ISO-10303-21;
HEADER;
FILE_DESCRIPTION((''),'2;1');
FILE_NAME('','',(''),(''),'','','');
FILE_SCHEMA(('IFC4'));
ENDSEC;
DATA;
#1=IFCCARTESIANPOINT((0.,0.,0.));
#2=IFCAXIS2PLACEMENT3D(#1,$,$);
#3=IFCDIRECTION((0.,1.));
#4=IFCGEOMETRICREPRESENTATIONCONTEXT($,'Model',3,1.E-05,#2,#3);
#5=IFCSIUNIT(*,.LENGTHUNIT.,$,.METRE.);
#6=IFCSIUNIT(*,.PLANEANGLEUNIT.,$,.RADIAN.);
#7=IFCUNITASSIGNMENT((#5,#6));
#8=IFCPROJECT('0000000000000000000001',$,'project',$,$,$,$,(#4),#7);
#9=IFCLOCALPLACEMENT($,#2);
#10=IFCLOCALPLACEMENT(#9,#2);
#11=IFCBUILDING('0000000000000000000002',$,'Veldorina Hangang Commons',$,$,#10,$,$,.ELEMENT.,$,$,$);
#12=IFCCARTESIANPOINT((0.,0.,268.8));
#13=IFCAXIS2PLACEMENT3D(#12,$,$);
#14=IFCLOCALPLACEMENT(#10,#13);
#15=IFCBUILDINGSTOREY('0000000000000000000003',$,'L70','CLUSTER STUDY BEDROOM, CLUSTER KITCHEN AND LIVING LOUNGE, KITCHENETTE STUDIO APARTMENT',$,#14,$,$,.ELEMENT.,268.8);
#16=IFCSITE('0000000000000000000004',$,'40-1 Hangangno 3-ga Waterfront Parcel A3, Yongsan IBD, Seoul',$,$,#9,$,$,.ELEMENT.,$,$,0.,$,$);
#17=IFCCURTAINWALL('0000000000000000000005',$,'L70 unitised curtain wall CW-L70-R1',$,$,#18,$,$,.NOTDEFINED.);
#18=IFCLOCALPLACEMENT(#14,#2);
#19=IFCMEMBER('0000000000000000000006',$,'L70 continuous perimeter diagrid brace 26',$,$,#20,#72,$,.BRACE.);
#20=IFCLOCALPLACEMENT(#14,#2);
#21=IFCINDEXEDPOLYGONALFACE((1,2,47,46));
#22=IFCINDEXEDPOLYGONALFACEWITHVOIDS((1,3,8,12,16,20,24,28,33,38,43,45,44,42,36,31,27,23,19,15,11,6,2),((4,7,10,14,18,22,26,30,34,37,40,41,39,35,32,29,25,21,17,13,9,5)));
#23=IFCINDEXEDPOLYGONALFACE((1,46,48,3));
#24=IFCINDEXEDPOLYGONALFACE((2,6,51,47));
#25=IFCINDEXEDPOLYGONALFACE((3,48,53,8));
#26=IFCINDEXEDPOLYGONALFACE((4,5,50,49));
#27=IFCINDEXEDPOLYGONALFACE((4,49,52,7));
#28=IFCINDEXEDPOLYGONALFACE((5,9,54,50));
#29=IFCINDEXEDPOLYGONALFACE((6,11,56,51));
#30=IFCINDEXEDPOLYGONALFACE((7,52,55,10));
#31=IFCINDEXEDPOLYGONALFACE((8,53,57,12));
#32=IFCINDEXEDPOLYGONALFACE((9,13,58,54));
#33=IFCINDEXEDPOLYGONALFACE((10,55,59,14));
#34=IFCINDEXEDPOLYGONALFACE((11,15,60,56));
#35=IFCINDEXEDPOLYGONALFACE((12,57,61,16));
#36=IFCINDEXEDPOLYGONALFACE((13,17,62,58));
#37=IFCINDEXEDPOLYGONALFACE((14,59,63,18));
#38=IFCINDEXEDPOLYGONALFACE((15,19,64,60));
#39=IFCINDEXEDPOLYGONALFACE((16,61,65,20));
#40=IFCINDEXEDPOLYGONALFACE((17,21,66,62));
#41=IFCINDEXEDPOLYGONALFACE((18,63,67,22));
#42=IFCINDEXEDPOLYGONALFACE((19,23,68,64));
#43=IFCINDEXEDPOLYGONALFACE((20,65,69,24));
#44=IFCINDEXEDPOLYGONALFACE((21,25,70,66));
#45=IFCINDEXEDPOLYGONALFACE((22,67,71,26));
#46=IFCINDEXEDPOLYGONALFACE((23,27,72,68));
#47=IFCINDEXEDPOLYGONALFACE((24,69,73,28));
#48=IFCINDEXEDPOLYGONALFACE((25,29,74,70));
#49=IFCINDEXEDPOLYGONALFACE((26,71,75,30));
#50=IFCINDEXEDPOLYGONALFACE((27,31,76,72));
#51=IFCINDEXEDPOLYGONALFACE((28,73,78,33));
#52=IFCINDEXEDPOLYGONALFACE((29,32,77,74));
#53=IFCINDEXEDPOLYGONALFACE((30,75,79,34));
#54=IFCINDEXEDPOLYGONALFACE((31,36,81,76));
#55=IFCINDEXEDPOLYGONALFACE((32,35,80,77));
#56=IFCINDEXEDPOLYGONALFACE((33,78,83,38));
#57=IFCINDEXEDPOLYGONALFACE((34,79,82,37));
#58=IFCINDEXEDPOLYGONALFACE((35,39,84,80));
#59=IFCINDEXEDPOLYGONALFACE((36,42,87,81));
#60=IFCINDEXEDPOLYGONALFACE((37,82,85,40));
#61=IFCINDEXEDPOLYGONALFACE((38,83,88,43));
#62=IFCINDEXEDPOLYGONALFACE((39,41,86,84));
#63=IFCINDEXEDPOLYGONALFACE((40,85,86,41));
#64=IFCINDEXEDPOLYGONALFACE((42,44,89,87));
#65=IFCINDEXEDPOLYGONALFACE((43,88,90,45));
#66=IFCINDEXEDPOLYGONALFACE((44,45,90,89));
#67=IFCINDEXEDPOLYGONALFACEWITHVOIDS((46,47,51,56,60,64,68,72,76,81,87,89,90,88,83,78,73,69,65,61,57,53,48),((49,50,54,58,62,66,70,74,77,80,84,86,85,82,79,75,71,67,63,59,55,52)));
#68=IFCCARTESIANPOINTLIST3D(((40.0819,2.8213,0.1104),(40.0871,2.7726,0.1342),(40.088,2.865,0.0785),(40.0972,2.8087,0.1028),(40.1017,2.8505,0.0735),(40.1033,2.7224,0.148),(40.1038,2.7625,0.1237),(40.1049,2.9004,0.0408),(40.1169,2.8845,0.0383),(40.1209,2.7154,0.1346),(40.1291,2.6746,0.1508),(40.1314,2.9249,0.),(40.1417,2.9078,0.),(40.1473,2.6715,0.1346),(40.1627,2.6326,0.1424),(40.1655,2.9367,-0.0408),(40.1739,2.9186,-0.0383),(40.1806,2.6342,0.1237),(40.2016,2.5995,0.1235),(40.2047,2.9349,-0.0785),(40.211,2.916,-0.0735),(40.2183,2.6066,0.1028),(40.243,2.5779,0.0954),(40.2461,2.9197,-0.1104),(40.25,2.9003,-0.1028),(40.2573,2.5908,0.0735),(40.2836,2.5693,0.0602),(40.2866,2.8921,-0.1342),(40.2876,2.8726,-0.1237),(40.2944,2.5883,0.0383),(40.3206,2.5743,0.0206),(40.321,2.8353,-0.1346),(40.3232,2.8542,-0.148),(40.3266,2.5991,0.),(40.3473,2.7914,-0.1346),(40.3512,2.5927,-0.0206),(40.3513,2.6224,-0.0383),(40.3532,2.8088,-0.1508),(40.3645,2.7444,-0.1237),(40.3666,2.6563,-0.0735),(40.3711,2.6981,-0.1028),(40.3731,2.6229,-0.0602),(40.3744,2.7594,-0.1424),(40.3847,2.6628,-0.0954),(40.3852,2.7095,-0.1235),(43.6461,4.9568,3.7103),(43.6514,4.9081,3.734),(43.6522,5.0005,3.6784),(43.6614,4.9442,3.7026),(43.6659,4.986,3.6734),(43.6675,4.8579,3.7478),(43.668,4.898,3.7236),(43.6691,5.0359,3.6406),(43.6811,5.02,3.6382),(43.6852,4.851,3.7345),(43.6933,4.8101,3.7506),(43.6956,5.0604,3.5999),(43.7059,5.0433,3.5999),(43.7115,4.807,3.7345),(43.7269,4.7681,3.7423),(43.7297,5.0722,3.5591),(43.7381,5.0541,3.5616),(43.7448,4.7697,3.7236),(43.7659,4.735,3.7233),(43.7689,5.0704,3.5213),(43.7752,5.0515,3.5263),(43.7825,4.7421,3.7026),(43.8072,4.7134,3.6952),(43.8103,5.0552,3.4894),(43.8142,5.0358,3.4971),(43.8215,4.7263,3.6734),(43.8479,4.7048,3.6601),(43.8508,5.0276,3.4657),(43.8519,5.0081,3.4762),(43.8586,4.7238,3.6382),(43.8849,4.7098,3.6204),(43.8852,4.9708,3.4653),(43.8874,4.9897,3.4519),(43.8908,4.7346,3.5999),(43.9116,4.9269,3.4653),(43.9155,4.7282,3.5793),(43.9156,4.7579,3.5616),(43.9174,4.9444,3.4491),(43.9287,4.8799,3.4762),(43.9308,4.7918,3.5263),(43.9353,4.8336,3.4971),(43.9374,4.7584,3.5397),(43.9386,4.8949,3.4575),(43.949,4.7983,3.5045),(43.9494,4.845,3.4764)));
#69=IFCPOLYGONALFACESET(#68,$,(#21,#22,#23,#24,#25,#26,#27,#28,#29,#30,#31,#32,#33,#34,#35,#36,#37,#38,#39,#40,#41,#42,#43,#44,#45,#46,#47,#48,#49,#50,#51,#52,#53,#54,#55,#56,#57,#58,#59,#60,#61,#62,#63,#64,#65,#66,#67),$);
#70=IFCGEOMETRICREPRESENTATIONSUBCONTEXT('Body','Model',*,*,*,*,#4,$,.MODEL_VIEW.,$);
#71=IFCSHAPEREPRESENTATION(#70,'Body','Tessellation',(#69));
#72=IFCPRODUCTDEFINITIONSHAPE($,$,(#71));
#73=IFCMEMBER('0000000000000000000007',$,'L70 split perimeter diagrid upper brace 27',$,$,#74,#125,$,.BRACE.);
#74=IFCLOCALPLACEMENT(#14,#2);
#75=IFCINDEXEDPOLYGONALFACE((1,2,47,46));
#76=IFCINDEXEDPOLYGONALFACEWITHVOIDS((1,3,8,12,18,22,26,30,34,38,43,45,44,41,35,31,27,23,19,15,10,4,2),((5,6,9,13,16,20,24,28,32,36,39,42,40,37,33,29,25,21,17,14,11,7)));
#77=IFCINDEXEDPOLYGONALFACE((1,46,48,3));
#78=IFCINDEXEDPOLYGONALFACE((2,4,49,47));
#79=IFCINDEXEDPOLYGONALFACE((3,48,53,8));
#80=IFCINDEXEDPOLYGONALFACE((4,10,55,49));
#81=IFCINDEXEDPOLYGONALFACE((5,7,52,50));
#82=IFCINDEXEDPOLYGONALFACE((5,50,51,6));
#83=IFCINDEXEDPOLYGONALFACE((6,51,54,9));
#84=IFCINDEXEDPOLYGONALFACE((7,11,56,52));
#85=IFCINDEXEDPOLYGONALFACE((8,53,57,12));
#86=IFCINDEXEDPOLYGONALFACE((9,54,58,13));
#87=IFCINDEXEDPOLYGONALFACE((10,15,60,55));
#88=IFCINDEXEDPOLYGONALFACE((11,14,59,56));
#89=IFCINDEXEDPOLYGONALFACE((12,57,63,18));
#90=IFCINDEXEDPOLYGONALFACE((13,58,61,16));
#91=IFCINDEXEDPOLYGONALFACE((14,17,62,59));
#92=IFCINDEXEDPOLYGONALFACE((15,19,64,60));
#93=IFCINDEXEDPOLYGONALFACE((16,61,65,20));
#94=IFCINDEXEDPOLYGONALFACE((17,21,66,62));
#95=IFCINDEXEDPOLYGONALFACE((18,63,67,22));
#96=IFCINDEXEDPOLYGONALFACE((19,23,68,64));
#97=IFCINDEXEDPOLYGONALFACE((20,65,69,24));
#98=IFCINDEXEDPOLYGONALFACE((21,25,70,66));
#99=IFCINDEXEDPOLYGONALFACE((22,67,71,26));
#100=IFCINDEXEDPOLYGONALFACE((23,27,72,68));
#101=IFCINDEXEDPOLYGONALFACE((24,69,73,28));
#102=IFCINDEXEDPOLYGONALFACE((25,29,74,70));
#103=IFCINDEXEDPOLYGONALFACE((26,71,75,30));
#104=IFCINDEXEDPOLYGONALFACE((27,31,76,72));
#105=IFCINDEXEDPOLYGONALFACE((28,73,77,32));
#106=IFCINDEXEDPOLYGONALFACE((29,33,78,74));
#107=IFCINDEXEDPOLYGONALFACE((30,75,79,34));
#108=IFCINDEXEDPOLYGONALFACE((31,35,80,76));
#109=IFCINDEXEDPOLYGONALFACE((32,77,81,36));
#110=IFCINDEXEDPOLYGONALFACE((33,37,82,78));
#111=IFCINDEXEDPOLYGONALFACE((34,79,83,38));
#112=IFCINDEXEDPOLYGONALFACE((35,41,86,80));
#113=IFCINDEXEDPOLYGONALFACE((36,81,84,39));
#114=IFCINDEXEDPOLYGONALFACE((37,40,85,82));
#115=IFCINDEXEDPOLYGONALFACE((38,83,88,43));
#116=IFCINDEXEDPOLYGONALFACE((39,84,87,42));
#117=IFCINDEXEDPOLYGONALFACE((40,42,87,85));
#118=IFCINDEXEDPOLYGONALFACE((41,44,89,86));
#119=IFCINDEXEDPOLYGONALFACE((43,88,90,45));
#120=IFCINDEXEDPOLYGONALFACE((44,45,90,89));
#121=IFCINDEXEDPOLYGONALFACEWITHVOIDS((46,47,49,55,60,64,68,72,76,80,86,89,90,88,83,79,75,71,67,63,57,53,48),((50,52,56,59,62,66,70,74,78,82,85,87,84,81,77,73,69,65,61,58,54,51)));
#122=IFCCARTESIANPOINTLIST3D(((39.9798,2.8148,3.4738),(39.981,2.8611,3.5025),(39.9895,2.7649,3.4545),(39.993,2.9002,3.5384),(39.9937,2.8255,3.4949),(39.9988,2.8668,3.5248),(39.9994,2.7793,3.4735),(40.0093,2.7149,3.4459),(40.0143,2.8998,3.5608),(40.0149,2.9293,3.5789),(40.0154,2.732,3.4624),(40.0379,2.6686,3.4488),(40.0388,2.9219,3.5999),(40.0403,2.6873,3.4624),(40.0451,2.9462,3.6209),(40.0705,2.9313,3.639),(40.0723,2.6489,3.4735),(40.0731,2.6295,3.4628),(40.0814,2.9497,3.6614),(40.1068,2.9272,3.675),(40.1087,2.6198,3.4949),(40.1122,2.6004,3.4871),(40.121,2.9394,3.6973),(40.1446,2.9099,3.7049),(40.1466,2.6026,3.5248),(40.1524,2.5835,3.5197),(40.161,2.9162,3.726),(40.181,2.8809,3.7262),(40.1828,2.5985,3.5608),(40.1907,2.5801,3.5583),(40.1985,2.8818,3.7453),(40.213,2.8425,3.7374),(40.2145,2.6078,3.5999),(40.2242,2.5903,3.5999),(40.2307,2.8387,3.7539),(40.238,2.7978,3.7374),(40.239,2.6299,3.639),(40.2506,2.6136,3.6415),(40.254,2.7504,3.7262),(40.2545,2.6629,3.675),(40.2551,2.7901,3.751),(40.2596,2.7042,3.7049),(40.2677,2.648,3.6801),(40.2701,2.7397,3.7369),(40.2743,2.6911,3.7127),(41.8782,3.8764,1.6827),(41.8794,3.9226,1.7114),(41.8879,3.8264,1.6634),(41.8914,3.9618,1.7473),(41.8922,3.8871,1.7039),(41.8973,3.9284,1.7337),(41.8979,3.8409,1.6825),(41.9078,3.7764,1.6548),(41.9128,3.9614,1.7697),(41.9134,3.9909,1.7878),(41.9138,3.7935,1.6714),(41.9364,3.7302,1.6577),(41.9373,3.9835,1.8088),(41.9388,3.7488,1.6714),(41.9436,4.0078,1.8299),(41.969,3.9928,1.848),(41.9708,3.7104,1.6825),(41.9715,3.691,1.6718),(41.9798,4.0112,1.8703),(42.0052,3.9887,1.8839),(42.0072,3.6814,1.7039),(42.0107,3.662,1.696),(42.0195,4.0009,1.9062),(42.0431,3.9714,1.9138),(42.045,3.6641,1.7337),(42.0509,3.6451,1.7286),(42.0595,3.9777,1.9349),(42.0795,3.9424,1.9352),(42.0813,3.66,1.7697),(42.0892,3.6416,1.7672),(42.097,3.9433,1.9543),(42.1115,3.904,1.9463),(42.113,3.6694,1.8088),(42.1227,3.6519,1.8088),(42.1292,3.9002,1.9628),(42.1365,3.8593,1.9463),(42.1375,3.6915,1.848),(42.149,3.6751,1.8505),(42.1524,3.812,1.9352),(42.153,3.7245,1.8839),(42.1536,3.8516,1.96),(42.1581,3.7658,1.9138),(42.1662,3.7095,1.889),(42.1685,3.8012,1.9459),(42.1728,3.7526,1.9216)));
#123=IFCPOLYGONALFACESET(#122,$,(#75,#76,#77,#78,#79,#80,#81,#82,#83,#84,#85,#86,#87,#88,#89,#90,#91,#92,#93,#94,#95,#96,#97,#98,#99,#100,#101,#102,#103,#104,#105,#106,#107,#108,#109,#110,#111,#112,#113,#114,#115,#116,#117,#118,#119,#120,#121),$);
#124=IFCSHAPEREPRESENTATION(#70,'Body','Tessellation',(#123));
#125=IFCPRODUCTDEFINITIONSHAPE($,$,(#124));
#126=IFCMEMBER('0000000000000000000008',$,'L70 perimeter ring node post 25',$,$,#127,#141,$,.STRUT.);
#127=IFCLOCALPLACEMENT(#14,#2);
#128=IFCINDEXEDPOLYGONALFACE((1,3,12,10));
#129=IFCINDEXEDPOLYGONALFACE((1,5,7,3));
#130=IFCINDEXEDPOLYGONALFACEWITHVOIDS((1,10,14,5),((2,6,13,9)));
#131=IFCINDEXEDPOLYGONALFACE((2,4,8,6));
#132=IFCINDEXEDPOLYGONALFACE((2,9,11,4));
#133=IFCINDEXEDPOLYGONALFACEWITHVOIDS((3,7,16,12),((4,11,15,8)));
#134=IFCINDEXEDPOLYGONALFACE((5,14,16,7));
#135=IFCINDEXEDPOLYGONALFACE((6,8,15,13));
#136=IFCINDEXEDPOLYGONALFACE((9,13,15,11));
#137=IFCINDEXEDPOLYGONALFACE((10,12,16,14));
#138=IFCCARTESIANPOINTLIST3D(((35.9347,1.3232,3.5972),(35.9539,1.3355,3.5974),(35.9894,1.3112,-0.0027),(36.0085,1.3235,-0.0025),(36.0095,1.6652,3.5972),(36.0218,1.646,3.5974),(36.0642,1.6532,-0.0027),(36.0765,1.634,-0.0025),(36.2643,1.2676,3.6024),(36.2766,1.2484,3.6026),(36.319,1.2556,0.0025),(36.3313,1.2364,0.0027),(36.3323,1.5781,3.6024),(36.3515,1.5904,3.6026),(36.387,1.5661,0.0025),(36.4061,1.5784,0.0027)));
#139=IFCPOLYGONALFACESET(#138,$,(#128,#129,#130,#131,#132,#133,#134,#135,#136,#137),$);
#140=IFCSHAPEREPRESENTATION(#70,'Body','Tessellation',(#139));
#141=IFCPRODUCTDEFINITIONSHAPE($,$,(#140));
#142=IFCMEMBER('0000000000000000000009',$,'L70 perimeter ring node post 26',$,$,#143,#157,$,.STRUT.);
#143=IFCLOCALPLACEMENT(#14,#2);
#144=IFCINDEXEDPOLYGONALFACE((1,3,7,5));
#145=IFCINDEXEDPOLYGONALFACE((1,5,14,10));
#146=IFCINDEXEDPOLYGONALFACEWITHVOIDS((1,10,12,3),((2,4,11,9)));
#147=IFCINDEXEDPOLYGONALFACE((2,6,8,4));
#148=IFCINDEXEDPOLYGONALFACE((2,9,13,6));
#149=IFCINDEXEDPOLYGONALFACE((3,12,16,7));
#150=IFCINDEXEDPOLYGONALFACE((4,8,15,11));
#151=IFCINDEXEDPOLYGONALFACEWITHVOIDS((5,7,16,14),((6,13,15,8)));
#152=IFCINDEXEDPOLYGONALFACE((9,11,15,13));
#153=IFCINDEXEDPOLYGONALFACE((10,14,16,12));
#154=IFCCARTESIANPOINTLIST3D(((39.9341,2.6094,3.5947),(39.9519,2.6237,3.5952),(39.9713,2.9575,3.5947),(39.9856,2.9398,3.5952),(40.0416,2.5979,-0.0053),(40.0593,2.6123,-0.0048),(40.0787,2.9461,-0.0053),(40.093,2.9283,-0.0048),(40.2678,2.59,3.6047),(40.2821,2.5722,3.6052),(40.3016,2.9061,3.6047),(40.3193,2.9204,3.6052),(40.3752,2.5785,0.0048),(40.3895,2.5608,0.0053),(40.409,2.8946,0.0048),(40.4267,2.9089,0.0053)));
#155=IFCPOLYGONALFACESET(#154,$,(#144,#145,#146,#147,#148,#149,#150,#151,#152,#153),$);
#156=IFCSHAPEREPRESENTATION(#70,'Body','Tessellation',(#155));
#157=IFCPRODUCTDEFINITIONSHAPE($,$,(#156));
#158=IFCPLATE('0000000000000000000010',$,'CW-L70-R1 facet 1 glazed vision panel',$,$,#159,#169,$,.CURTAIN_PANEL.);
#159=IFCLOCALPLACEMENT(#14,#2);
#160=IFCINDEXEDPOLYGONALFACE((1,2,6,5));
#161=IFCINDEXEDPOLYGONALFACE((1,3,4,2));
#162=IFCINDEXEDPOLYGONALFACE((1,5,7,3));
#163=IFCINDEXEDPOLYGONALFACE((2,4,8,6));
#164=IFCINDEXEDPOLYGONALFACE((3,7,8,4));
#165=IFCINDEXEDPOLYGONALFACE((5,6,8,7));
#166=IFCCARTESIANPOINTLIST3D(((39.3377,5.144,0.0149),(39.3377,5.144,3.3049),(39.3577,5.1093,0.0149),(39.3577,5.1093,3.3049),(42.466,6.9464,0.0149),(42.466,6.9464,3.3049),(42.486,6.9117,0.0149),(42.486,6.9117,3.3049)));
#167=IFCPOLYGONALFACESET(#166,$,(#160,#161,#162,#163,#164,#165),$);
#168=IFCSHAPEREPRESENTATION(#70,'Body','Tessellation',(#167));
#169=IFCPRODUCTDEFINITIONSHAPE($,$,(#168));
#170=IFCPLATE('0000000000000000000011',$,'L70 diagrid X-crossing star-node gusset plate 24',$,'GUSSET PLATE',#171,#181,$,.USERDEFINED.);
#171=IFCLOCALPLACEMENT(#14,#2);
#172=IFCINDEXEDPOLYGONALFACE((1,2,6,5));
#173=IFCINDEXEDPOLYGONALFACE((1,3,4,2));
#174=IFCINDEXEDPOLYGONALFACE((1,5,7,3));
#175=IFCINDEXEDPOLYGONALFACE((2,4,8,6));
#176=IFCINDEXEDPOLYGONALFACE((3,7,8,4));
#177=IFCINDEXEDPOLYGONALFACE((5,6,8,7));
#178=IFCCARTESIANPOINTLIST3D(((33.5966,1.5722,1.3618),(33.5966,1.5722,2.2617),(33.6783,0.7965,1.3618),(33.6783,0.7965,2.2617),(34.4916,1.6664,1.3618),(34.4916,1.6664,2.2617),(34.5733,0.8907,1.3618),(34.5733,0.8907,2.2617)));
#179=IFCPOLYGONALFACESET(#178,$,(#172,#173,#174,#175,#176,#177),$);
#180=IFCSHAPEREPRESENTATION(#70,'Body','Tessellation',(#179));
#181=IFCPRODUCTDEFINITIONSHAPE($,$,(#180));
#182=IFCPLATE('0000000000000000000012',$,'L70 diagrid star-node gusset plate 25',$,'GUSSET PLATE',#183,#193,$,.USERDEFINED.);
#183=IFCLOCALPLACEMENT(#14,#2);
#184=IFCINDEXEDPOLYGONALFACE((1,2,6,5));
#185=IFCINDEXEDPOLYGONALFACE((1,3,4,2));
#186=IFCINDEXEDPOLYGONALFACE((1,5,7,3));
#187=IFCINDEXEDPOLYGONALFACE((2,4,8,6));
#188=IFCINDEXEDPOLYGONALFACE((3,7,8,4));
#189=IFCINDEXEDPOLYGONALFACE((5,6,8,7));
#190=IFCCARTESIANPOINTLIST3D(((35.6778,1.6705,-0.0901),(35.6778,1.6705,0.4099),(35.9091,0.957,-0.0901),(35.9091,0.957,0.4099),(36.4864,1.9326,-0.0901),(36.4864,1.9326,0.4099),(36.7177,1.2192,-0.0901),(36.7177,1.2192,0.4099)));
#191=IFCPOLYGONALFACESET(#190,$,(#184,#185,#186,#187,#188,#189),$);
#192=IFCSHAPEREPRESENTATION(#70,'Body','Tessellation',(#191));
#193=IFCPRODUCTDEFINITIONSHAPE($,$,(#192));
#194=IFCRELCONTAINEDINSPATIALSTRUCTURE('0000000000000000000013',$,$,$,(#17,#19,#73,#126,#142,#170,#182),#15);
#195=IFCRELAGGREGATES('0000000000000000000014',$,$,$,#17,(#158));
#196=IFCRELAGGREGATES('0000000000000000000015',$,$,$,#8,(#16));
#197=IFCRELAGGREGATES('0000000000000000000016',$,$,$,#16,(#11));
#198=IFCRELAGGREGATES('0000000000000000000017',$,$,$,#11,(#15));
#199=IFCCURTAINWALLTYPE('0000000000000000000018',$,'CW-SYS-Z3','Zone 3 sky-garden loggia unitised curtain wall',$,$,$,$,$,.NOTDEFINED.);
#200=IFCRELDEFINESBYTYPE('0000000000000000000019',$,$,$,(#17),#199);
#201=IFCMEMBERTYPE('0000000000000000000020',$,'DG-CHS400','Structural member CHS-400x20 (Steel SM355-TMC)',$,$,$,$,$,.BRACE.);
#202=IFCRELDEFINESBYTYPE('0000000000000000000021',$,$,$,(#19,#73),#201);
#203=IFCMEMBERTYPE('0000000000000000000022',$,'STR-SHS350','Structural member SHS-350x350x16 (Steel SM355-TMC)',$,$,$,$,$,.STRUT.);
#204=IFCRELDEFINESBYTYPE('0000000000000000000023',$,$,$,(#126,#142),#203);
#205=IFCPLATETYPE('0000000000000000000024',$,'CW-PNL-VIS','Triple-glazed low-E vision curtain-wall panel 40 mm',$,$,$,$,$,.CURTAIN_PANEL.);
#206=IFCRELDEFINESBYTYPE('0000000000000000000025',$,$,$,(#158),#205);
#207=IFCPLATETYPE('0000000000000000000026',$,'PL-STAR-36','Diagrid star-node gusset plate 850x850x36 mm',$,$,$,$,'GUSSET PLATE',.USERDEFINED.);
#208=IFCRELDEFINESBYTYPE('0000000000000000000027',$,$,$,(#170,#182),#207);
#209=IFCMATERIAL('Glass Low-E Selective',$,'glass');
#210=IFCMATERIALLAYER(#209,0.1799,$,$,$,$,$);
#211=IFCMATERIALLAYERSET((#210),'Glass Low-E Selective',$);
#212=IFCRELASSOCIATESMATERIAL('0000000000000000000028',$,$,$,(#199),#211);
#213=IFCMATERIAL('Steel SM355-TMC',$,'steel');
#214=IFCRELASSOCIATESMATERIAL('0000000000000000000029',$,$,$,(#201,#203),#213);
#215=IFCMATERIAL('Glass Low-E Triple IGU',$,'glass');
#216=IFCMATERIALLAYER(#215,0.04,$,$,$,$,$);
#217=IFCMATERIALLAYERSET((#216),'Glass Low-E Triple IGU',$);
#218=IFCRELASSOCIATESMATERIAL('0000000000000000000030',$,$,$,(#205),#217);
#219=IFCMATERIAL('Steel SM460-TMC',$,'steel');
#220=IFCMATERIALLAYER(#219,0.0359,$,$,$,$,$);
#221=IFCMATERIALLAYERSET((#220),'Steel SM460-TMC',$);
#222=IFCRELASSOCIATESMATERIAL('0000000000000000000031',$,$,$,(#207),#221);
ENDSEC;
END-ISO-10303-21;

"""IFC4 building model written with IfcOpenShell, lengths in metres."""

from ifc_helpers import new_model, si_unit, direction, frame, origin, origin_2d, place, context, subcontext, project, spatial, rectangle, hollow_rectangle, hollow_circle, extrude, material, layer, layer_set, material_profile, profile_set, type_object, element, aggregate, save


model = new_model("IFC4")

# Units and contexts
model_context = context("Model", 3, precision=1e-05, world=origin(), true_north=direction((0.0, 1.0)))
body_context = subcontext(model_context, "Body", "Model", "MODEL_VIEW")
ifc_project = project(units=[si_unit("LENGTHUNIT", "METRE"), si_unit("PLANEANGLEUNIT", "RADIAN")], contexts=[model_context])

# Site, building, storey
site_placement = place(None, origin())
site = spatial("IfcSite", under=ifc_project, at=site_placement, Name="40-1 Hangangno 3-ga Waterfront Parcel A3, Yongsan IBD, Seoul", CompositionType="ELEMENT", RefElevation=0.0)
building_placement = place(site_placement, origin())
building = spatial("IfcBuilding", under=site, at=building_placement, Name="Veldorina Hangang Commons", CompositionType="ELEMENT")
storey_placement = place(building_placement, frame((0.0, 0.0, 268.8)))
storey = spatial("IfcBuildingStorey", under=building, at=storey_placement, Name="L70", Description="CLUSTER STUDY BEDROOM, CLUSTER KITCHEN AND LIVING LOUNGE, KITCHENETTE STUDIO APARTMENT", CompositionType="ELEMENT", Elevation=268.8)

# Shared definitions
ifc_material_1 = material(Name="Steel SM355-TMC", Category="steel")

# Curtain wall
ifc_material_2 = material(Name="Glass Low-E Selective", Category="glass")
ifc_layer_1 = layer(ifc_material_2, 0.1799)
ifc_layer_set_1 = layer_set([ifc_layer_1], Name="Glass Low-E Selective")
curtain_wall_type = type_object("IfcCurtainWallType", Name="CW-SYS-Z3", Description="Zone 3 sky-garden loggia unitised curtain wall", PredefinedType="NOTDEFINED", material=ifc_layer_set_1)
curtain_wall_placement = place(storey_placement, origin())
curtain_wall = element("IfcCurtainWall", 1, at=curtain_wall_placement, inside=storey, type_object=curtain_wall_type, Name="L70 unitised curtain wall CW-L70-R1", PredefinedType="NOTDEFINED")

# Members
ifc_material_profile_1 = material_profile(ifc_material_1, hollow_circle(Radius=0.2, WallThickness=0.02, at=origin_2d()), Name="CHS-400x20")
ifc_profile_set_1 = profile_set([ifc_material_profile_1], Name="Steel SM355-TMC")
member_type_1 = type_object("IfcMemberType", Name="DG-CHS400", Description="Structural member CHS-400x20 (Steel SM355-TMC)", PredefinedType="BRACE", material=ifc_profile_set_1)
member_1_placement = place(storey_placement, frame((40.2341, 2.7534, 0.0), z_axis=(0.648329, 0.388447, 0.654812), x_axis=(-0.51396, 0.857814, 0.0)))
element("IfcMember", 2, at=member_1_placement, inside=storey, type_object=member_type_1, Name="L70 continuous perimeter diagrid brace 26", PredefinedType="BRACE", context=body_context, shape_type="SweptSolid", body=[
    extrude(hollow_circle(Radius=0.2, WallThickness=0.02, at=origin_2d()), origin(), (0.0, 0.0, 1.0), 5.4976),
])
member_2_placement = place(storey_placement, frame((42.0251, 3.8264, 1.8088), z_axis=(-0.673788, -0.376753, 0.635662), x_axis=(0.488043, -0.87282, 0.0)))
element("IfcMember", 3, at=member_2_placement, inside=storey, type_object=member_type_1, Name="L70 split perimeter diagrid upper brace 27", PredefinedType="BRACE", context=body_context, shape_type="SweptSolid", body=[
    extrude(hollow_circle(Radius=0.2, WallThickness=0.02, at=origin_2d()), origin(), (0.0, 0.0, 1.0), 2.8176),
])
ifc_material_profile_2 = material_profile(ifc_material_1, hollow_rectangle(XDim=0.3501, YDim=0.3501, WallThickness=0.0161, at=origin_2d()), Name="SHS-350x350x16")
ifc_profile_set_2 = profile_set([ifc_material_profile_2], Name="Steel SM355-TMC")
member_type_2 = type_object("IfcMemberType", Name="STR-SHS350", Description="Structural member SHS-350x350x16 (Steel SM355-TMC)", PredefinedType="STRUT", material=ifc_profile_set_2)
member_3_placement = place(storey_placement, frame((36.1978, 1.4448, 0.0), z_axis=(-0.01519, 0.003323, 0.999879), x_axis=(-0.213697, -0.9769, 0.0)))
element("IfcMember", 4, at=member_3_placement, inside=storey, type_object=member_type_2, Name="L70 perimeter ring node post 25", PredefinedType="STRUT", context=body_context, shape_type="SweptSolid", body=[
    extrude(hollow_rectangle(XDim=0.3501, YDim=0.3501, WallThickness=0.0161, at=origin_2d()), origin(), (0.0, 0.0, 1.0), 3.6003),
])
member_4_placement = place(storey_placement, frame((40.2341, 2.7534, 0.0), z_axis=(-0.029827, 0.003186, 0.99955), x_axis=(-0.106214, -0.994343, 0.0)))
element("IfcMember", 5, at=member_4_placement, inside=storey, type_object=member_type_2, Name="L70 perimeter ring node post 26", PredefinedType="STRUT", context=body_context, shape_type="SweptSolid", body=[
    extrude(hollow_rectangle(XDim=0.3501, YDim=0.3501, WallThickness=0.0161, at=origin_2d()), origin(), (0.0, 0.0, 1.0), 3.6016),
])

# Plate
ifc_material_3 = material(Name="Glass Low-E Triple IGU", Category="glass")
ifc_layer_2 = layer(ifc_material_3, 0.04)
ifc_layer_set_2 = layer_set([ifc_layer_2], Name="Glass Low-E Triple IGU")
plate_type_1 = type_object("IfcPlateType", Name="CW-PNL-VIS", Description="Triple-glazed low-E vision curtain-wall panel 40 mm", PredefinedType="CURTAIN_PANEL", material=ifc_layer_set_2)
plate_1_placement = place(storey_placement, frame((40.9119, 6.0278, 0.0149), z_axis=(0.0, 0.0, 1.0), x_axis=(0.86647, 0.499229, 0.0)))
plate_1 = element("IfcPlate", 6, at=plate_1_placement, type_object=plate_type_1, Name="CW-L70-R1 facet 1 glazed vision panel", PredefinedType="CURTAIN_PANEL", context=body_context, shape_type="SweptSolid", body=[
    extrude(rectangle(XDim=3.6104, YDim=0.04, at=origin_2d()), origin(), (0.0, 0.0, 1.0), 3.29),
])
aggregate(curtain_wall, [plate_1])

# Plates
ifc_material_4 = material(Name="Steel SM460-TMC", Category="steel")
ifc_layer_3 = layer(ifc_material_4, 0.0359)
ifc_layer_set_3 = layer_set([ifc_layer_3], Name="Steel SM460-TMC")
plate_type_2 = type_object("IfcPlateType", Name="PL-STAR-36", Description="Diagrid star-node gusset plate 850x850x36 mm", ElementType="GUSSET PLATE", PredefinedType="USERDEFINED", material=ifc_layer_set_3)
plate_2_placement = place(storey_placement, frame((34.085, 1.2314, 1.3618), z_axis=(0.0, 0.0, 1.0), x_axis=(0.994504, 0.104702, 0.0)))
element("IfcPlate", 7, at=plate_2_placement, inside=storey, type_object=plate_type_2, Name="L70 diagrid X-crossing star-node gusset plate 24", ObjectType="GUSSET PLATE", PredefinedType="USERDEFINED", context=body_context, shape_type="SweptSolid", body=[
    extrude(rectangle(XDim=0.8999, YDim=0.78, at=origin_2d()), origin(), (0.0, 0.0, 1.0), 0.8999),
])
for number, where, z_axis, x_axis, name in (
    (8, (36.1978, 1.4448, -0.0901), (0.0, 0.0, 1.0), (0.951256, 0.308403, 0.0), "L70 diagrid star-node gusset plate 25"),
):
    element("IfcPlate", number, at=place(storey_placement, frame(where, z_axis=z_axis, x_axis=x_axis)), inside=storey, type_object=plate_type_2, Name=name, ObjectType="GUSSET PLATE", PredefinedType="USERDEFINED", context=body_context, shape_type="SweptSolid", body=[
        extrude(rectangle(XDim=0.8501, YDim=0.75, at=origin_2d()), origin(), (0.0, 0.0, 1.0), 0.5),
    ])

save(model, "model.ifc")
